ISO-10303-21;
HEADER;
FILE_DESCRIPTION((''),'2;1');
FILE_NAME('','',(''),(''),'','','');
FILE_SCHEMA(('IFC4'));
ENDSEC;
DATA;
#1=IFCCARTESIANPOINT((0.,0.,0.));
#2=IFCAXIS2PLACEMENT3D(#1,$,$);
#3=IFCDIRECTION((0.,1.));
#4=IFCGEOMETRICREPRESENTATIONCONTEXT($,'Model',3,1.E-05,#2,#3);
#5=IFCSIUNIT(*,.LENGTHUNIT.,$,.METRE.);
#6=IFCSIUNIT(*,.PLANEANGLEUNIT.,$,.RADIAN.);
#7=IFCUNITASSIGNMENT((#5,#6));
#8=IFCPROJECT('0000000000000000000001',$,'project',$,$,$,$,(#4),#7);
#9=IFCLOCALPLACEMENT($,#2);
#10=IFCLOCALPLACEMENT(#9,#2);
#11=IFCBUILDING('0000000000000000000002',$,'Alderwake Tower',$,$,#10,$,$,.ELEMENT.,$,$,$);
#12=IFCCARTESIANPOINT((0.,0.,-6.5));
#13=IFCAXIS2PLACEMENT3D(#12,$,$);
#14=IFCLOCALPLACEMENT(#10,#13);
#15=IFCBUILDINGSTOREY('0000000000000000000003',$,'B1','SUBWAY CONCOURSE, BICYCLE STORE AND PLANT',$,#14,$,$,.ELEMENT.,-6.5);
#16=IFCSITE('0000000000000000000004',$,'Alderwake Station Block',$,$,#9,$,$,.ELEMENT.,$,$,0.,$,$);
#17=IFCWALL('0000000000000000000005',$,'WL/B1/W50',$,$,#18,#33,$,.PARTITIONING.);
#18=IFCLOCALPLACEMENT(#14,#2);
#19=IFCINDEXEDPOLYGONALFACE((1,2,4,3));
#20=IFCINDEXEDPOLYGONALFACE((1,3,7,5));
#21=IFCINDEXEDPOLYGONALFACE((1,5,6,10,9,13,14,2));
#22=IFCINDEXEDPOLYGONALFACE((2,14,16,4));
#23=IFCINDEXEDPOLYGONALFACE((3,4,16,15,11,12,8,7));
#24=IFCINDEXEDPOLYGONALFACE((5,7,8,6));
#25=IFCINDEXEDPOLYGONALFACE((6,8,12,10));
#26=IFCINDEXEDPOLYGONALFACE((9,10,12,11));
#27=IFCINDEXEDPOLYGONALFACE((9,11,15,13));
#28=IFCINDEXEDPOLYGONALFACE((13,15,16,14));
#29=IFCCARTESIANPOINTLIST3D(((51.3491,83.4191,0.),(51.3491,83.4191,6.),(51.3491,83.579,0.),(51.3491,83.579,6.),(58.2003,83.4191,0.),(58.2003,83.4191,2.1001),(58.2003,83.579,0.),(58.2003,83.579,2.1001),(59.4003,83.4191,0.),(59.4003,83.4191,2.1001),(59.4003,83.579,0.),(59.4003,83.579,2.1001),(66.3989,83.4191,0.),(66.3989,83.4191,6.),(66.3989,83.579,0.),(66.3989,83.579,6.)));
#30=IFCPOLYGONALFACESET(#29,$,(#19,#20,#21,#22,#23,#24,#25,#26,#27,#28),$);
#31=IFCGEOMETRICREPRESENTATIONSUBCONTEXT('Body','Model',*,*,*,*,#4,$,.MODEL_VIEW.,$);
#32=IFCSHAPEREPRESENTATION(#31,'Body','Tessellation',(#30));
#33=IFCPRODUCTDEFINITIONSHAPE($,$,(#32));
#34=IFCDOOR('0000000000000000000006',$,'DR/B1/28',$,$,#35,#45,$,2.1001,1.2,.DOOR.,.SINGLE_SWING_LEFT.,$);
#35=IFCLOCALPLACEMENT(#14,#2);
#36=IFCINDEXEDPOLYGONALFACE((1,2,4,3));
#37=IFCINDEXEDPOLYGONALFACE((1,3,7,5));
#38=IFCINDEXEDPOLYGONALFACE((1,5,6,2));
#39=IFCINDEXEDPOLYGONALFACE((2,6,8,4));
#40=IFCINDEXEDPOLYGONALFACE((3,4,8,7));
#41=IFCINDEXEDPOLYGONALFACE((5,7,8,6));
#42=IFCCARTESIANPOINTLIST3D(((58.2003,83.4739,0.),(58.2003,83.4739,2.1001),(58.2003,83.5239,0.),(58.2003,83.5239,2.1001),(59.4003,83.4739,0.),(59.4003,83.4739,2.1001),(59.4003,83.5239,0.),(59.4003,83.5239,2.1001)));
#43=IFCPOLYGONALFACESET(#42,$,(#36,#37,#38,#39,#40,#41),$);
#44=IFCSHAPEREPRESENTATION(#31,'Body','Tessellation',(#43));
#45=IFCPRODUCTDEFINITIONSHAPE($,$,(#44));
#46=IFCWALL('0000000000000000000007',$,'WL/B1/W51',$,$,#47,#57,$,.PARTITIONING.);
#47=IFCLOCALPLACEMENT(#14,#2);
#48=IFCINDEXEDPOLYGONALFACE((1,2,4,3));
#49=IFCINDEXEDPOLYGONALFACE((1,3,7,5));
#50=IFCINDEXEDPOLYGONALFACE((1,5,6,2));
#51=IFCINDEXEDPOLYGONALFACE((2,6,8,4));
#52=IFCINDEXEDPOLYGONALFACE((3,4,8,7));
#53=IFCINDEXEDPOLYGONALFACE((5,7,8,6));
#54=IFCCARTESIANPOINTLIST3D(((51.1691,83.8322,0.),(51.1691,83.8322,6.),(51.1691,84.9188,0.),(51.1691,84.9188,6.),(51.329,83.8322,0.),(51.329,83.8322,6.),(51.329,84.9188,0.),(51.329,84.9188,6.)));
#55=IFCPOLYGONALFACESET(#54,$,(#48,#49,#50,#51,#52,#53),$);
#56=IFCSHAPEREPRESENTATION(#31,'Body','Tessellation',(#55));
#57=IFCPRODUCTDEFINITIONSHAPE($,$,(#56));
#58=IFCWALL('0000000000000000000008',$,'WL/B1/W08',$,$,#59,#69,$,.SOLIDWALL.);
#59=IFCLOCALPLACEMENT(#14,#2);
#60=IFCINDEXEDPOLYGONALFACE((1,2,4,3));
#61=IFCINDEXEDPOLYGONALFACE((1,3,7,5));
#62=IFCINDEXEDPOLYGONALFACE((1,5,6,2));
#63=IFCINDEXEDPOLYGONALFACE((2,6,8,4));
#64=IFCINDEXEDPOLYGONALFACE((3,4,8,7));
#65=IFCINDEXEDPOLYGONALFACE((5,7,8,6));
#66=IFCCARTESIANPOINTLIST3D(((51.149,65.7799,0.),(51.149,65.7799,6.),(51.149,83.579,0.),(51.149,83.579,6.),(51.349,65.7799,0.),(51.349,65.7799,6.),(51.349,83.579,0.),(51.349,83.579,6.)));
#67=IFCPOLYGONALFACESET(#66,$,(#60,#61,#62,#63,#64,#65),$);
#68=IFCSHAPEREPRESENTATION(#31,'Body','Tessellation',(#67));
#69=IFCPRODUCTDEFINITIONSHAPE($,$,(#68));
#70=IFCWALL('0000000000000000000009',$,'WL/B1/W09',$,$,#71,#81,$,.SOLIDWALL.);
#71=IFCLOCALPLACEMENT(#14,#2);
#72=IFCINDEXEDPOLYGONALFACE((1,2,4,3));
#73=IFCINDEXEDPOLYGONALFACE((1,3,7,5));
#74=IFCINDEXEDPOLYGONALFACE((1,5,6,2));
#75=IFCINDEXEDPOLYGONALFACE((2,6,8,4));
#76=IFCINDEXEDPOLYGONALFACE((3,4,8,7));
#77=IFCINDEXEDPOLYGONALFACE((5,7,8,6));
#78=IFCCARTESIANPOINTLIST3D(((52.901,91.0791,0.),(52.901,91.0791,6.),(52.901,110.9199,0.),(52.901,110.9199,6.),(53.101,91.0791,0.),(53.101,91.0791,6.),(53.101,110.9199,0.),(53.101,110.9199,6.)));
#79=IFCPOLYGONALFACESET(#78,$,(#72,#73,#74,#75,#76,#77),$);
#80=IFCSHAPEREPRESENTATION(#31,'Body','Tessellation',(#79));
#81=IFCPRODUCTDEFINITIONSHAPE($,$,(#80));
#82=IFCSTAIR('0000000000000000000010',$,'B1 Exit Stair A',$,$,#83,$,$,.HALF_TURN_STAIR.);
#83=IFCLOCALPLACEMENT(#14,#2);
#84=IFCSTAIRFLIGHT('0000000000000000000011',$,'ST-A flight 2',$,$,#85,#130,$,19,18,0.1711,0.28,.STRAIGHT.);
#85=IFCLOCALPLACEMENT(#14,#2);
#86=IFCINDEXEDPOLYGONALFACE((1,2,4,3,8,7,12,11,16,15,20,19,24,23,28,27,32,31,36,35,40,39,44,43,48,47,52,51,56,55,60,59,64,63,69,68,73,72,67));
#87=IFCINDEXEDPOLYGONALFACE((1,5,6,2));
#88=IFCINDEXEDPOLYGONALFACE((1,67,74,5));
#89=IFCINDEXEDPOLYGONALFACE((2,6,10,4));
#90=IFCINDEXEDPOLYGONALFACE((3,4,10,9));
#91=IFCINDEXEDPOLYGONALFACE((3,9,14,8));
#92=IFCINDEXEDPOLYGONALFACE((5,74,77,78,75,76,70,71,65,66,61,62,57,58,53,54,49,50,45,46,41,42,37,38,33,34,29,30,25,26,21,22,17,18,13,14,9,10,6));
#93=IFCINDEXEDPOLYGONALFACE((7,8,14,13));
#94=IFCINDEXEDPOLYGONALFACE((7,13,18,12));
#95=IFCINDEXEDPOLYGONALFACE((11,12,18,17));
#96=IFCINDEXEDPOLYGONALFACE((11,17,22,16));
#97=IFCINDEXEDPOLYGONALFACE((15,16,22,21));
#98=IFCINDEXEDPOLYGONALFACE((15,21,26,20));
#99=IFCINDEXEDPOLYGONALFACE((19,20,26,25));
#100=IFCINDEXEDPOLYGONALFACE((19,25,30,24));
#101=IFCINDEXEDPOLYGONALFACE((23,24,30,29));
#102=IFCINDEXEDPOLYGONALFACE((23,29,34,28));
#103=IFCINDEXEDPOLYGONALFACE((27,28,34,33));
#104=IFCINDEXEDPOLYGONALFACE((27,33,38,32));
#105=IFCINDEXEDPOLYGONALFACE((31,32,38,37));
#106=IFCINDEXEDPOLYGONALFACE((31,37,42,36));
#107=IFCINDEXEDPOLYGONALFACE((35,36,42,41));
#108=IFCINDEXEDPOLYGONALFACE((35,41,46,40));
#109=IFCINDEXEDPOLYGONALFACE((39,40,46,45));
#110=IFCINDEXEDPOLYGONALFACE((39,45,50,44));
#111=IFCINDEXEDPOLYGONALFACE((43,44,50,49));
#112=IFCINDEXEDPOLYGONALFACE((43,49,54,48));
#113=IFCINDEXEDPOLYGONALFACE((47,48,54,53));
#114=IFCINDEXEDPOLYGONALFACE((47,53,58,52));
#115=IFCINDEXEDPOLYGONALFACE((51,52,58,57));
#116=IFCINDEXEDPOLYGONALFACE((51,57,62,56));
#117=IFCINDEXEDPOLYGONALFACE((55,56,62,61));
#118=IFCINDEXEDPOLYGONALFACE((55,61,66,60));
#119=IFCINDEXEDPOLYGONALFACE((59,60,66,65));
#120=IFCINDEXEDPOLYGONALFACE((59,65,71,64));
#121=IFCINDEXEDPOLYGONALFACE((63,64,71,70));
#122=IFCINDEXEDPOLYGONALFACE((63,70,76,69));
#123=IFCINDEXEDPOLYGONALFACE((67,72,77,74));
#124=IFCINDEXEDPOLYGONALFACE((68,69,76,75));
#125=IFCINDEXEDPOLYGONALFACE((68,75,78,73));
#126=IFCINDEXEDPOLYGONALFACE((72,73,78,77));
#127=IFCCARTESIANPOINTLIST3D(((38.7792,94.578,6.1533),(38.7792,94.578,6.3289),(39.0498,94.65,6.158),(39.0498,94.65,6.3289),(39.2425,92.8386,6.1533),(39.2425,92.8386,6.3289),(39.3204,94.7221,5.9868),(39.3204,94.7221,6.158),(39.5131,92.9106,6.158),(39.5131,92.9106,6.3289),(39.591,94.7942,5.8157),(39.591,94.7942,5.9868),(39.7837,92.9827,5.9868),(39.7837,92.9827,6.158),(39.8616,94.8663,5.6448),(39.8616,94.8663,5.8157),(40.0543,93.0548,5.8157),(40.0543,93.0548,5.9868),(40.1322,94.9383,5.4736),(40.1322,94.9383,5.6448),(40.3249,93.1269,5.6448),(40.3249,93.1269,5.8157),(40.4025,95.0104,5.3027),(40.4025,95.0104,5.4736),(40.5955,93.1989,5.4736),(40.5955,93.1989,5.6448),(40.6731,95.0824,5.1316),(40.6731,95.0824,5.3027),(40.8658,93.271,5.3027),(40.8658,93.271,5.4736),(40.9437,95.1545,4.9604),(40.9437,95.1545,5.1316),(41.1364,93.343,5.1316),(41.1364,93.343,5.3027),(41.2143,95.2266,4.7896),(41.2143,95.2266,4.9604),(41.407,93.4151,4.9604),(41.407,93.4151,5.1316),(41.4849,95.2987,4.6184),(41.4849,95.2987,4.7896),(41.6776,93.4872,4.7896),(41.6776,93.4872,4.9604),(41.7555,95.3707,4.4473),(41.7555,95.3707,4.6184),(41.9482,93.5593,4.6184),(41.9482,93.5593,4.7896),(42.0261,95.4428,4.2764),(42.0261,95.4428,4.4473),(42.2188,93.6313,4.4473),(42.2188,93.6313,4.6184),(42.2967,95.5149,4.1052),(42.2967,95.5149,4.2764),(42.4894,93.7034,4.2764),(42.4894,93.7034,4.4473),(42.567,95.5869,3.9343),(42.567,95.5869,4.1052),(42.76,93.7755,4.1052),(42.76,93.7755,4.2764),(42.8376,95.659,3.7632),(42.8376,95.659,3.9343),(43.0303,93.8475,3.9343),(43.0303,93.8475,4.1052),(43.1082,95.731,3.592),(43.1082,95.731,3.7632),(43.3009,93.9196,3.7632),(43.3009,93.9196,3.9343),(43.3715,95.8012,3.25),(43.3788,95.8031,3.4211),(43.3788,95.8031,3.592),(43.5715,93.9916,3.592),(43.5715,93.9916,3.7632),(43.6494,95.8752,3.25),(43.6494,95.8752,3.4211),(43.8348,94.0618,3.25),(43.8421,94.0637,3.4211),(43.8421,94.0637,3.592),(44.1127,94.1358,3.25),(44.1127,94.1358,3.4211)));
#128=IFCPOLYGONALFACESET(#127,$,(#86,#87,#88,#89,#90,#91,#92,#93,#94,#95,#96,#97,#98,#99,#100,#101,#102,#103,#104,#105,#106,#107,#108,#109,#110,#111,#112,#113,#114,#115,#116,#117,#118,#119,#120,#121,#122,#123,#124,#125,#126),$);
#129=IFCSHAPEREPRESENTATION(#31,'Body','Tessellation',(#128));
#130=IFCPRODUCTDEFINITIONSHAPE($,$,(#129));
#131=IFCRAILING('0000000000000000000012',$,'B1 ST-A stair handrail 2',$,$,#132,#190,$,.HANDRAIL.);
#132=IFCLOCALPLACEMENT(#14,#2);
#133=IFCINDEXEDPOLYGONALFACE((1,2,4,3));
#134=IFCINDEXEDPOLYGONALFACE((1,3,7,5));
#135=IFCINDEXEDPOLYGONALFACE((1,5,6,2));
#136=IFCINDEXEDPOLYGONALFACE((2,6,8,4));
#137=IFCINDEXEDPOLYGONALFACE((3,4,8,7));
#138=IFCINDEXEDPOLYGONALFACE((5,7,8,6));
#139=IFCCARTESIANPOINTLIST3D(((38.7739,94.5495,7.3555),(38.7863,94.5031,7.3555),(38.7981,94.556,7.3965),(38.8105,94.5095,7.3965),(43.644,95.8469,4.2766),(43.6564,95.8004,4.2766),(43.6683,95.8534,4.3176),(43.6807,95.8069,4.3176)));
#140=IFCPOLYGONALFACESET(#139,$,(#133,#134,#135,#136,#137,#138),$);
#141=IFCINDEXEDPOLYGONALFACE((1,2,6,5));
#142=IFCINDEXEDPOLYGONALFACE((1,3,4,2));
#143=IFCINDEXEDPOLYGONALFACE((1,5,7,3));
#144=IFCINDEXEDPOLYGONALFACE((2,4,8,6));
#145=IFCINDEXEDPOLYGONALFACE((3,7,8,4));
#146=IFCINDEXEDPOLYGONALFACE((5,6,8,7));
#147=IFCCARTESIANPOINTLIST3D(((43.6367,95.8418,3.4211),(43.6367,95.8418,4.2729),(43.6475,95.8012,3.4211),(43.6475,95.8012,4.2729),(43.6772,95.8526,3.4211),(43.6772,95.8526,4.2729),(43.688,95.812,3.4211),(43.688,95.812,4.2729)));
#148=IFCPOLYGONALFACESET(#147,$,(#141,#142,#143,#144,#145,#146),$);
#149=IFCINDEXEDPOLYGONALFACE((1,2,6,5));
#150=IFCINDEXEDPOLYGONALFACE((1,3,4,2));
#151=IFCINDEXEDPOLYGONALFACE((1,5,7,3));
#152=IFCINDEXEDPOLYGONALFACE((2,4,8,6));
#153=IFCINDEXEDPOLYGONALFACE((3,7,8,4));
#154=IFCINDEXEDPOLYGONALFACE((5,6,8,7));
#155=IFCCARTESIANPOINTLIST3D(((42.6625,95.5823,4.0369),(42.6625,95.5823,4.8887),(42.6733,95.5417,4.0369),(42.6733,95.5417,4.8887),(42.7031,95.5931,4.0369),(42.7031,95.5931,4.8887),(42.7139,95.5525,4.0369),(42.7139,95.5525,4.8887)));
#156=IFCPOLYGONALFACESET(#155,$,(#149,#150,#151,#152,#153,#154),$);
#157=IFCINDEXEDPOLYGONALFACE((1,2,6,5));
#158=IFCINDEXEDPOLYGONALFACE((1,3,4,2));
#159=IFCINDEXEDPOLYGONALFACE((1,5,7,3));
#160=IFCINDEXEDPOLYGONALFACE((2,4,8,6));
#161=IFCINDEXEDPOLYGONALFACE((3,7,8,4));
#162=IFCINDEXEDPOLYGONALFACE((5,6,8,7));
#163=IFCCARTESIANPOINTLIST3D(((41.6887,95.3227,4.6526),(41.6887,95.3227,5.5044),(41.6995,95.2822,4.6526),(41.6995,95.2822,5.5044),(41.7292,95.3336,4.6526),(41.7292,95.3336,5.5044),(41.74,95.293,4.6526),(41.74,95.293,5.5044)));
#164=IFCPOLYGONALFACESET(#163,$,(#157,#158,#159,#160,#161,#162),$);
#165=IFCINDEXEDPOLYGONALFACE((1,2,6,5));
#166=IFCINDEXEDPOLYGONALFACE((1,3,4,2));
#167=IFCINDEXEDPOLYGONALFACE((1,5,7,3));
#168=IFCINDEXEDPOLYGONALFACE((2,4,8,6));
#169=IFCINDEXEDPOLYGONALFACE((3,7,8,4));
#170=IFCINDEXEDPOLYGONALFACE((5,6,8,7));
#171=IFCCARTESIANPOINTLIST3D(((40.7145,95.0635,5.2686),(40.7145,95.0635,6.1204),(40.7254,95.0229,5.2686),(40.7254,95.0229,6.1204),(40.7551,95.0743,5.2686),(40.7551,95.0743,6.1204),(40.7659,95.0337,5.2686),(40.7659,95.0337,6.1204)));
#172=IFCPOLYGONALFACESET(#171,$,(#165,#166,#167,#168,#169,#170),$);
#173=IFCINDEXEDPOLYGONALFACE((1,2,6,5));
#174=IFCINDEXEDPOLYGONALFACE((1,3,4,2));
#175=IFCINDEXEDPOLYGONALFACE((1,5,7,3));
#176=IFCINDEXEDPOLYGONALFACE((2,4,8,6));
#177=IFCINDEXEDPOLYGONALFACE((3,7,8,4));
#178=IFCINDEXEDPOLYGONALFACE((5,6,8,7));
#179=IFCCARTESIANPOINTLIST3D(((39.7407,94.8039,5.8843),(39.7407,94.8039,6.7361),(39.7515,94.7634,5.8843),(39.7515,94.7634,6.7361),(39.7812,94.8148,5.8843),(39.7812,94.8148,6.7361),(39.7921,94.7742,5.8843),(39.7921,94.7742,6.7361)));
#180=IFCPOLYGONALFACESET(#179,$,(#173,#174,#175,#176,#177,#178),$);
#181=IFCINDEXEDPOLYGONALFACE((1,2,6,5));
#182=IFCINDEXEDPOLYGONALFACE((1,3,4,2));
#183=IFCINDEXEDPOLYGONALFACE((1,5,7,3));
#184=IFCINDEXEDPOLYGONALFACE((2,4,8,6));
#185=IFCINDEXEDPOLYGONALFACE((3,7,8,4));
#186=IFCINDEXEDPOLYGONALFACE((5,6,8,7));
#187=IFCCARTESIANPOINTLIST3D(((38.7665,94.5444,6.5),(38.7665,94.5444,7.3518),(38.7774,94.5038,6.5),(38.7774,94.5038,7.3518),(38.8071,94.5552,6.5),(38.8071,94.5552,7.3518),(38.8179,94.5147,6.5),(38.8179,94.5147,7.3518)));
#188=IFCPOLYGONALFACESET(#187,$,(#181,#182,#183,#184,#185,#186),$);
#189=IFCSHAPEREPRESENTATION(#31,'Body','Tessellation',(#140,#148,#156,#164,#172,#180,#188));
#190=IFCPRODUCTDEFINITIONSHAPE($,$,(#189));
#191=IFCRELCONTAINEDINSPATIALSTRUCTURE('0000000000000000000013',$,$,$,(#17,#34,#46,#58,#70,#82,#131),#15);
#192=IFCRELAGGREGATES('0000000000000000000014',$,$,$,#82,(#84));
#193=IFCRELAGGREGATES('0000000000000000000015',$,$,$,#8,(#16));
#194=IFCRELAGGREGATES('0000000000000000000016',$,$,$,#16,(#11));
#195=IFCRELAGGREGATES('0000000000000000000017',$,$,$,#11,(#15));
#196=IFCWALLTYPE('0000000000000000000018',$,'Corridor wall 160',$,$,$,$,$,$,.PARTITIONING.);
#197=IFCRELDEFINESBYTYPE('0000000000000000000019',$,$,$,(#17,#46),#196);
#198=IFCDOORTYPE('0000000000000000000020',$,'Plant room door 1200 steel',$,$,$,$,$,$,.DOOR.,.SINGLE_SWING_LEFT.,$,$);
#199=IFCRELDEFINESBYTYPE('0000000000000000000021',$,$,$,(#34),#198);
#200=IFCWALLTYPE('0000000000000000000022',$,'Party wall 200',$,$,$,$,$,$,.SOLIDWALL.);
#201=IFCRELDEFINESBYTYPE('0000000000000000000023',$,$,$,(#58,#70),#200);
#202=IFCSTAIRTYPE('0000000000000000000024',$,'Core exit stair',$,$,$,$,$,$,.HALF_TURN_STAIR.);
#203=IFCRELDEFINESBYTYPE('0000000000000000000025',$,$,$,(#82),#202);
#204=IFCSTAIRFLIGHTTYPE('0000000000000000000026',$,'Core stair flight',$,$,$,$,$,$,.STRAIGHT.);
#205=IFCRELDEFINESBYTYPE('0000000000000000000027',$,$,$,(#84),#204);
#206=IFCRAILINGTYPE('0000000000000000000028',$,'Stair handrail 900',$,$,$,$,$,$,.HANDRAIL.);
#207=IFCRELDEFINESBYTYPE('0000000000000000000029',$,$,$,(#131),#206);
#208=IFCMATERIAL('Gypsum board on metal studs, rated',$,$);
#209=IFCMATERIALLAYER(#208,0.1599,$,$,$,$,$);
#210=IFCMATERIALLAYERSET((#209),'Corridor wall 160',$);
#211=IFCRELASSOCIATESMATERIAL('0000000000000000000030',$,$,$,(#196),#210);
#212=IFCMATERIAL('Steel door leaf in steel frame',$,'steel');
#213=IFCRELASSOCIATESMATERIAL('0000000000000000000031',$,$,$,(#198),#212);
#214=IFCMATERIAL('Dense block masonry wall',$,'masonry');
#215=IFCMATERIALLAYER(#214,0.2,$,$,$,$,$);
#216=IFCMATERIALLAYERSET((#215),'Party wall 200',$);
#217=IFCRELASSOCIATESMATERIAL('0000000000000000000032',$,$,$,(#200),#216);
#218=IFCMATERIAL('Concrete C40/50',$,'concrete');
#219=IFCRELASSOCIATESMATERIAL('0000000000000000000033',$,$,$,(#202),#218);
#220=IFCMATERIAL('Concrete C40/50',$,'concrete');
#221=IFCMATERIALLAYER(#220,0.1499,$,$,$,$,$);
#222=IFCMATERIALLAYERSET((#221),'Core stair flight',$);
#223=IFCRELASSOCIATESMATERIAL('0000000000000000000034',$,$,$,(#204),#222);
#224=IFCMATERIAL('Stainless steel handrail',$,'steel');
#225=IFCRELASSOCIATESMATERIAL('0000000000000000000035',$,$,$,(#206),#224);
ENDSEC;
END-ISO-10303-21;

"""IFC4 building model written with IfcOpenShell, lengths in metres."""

from ifc_helpers import new_model, si_unit, direction, frame, frame_2d, origin, origin_2d, place, context, subcontext, project, spatial, polyline, rectangle, outline, extrude, material, layer, layer_set, type_object, element, fill, aggregate, save


model = new_model("IFC4")

# Units and contexts
model_context = context("Model", 3, precision=1e-05, world=origin(), true_north=direction((0.0, 1.0)))
body_context = subcontext(model_context, "Body", "Model", "MODEL_VIEW")
ifc_project = project(units=[si_unit("LENGTHUNIT", "METRE"), si_unit("PLANEANGLEUNIT", "RADIAN")], contexts=[model_context])

# Site, building, storey
site_placement = place(None, origin())
site = spatial("IfcSite", under=ifc_project, at=site_placement, Name="Alderwake Station Block", CompositionType="ELEMENT", RefElevation=0.0)
building_placement = place(site_placement, origin())
building = spatial("IfcBuilding", under=site, at=building_placement, Name="Alderwake Tower", CompositionType="ELEMENT")
storey_placement = place(building_placement, frame((0.0, 0.0, -6.5)))
storey = spatial("IfcBuildingStorey", under=building, at=storey_placement, Name="B1", Description="SUBWAY CONCOURSE, BICYCLE STORE AND PLANT", CompositionType="ELEMENT", Elevation=-6.5)

# Wall, opening, door
ifc_material_1 = material(Name="Gypsum board on metal studs, rated")
ifc_layer_1 = layer(ifc_material_1, 0.1599)
ifc_layer_set_1 = layer_set([ifc_layer_1], Name="Corridor wall 160")
wall_type_1 = type_object("IfcWallType", Name="Corridor wall 160", PredefinedType="PARTITIONING", material=ifc_layer_set_1)
wall_1_placement = place(storey_placement, frame((51.3491, 83.499, 0.0), z_axis=(0.0, 0.0, 1.0), x_axis=(1.0, 0.0, 0.0)))
wall_1 = element("IfcWall", 1, at=wall_1_placement, inside=storey, type_object=wall_type_1, Name="WL/B1/W50", PredefinedType="PARTITIONING", context=body_context, shape_type="SweptSolid", body=[
    extrude(rectangle(XDim=15.0498, YDim=0.1599, at=frame_2d((7.5249, 0.0))), origin(), (0.0, 0.0, 1.0), 6.0),
])
opening_placement = place(wall_1_placement, frame((6.8511, 0.0, 0.0)))
opening = element("IfcOpeningElement", 2, at=opening_placement, cuts=wall_1, PredefinedType="OPENING", context=body_context, shape_type="SweptSolid", body=[
    extrude(rectangle(XDim=1.2, YDim=2.1001, at=frame_2d((0.6001, 1.05))), frame((0.0, 0.0898, 0.0), z_axis=(0.0, -1.0, 0.0), x_axis=(1.0, 0.0, 0.0)), (0.0, 0.0, 1.0), 0.1799),
])
ifc_material_2 = material(Name="Steel door leaf in steel frame", Category="steel")
door_type = type_object("IfcDoorType", Name="Plant room door 1200 steel", OperationType="SINGLE_SWING_LEFT", PredefinedType="DOOR", material=ifc_material_2)
door_placement = place(opening_placement, origin())
door = element("IfcDoor", 3, at=door_placement, inside=storey, type_object=door_type, Name="DR/B1/28", OperationType="SINGLE_SWING_LEFT", OverallHeight=2.1001, OverallWidth=1.2, PredefinedType="DOOR", context=body_context, shape_type="SweptSolid", body=[
    extrude(rectangle(XDim=1.2, YDim=2.1001, at=frame_2d((0.6001, 1.05))), frame((0.0, 0.0249, 0.0), z_axis=(0.0, -1.0, 0.0), x_axis=(1.0, 0.0, 0.0)), (0.0, 0.0, 1.0), 0.05),
])
fill(opening, door)

# Walls
wall_2_placement = place(storey_placement, frame((51.249, 84.9189, 0.0), z_axis=(0.0, 0.0, 1.0), x_axis=(0.0, -1.0, 0.0)))
element("IfcWall", 4, at=wall_2_placement, inside=storey, type_object=wall_type_1, Name="WL/B1/W51", PredefinedType="PARTITIONING", context=body_context, shape_type="SweptSolid", body=[
    extrude(rectangle(XDim=1.0867, YDim=0.1599, at=frame_2d((0.5435, 0.0))), origin(), (0.0, 0.0, 1.0), 6.0),
])
ifc_material_3 = material(Name="Dense block masonry wall", Category="masonry")
ifc_layer_2 = layer(ifc_material_3, 0.2)
ifc_layer_set_2 = layer_set([ifc_layer_2], Name="Party wall 200")
wall_type_2 = type_object("IfcWallType", Name="Party wall 200", PredefinedType="SOLIDWALL", material=ifc_layer_set_2)
wall_3_placement = place(storey_placement, frame((51.249, 65.78, 0.0), z_axis=(0.0, 0.0, 1.0), x_axis=(0.0, 1.0, 0.0)))
element("IfcWall", 5, at=wall_3_placement, inside=storey, type_object=wall_type_2, Name="WL/B1/W08", PredefinedType="SOLIDWALL", context=body_context, shape_type="SweptSolid", body=[
    extrude(rectangle(XDim=17.7991, YDim=0.2, at=frame_2d((8.8994, 0.0))), origin(), (0.0, 0.0, 1.0), 6.0),
])
wall_4_placement = place(storey_placement, frame((53.001, 91.0791, 0.0), z_axis=(0.0, 0.0, 1.0), x_axis=(0.0, 1.0, 0.0)))
element("IfcWall", 6, at=wall_4_placement, inside=storey, type_object=wall_type_2, Name="WL/B1/W09", PredefinedType="SOLIDWALL", context=body_context, shape_type="SweptSolid", body=[
    extrude(rectangle(XDim=19.8408, YDim=0.2, at=frame_2d((9.9204, 0.0))), origin(), (0.0, 0.0, 1.0), 6.0),
])

# Stair, stair flight
ifc_material_4 = material(Name="Concrete C40/50", Category="concrete")
stair_type = type_object("IfcStairType", Name="Core exit stair", PredefinedType="HALF_TURN_STAIR", material=ifc_material_4)
stair_placement = place(storey_placement, origin())
stair = element("IfcStair", 7, at=stair_placement, inside=storey, type_object=stair_type, Name="B1 Exit Stair A", PredefinedType="HALF_TURN_STAIR")
ifc_material_5 = material(Name="Concrete C40/50", Category="concrete")
ifc_layer_3 = layer(ifc_material_5, 0.1499)
ifc_layer_set_3 = layer_set([ifc_layer_3], Name="Core stair flight")
stair_flight_type = type_object("IfcStairFlightType", Name="Core stair flight", PredefinedType="STRAIGHT", material=ifc_layer_set_3)
stair_flight_placement = place(storey_placement, frame((43.8811, 95.0054, 3.25), z_axis=(0.0, 0.0, 1.0), x_axis=(-0.96631, -0.257382, 0.0)))
stair_flight = element("IfcStairFlight", 8, at=stair_flight_placement, type_object=stair_flight_type, Name="ST-A flight 2", NumberOfRisers=19, NumberOfTreads=18, PredefinedType="STRAIGHT", RiserHeight=0.1711, TreadLength=0.28, context=body_context, shape_type="SweptSolid", body=[
    extrude(outline(polyline([(0.0, 0.0), (0.0, 0.1711), (0.28, 0.1711), (0.28, 0.342), (0.5601, 0.342), (0.5601, 0.5132), (0.8401, 0.5132), (0.8401, 0.6843), (1.1201, 0.6843), (1.1201, 0.8552), (1.3999, 0.8552), (1.3999, 1.0264), (1.6799, 1.0264), (1.6799, 1.1973), (1.96, 1.1973), (1.96, 1.3684), (2.24, 1.3684), (2.24, 1.5396), (2.52, 1.5396), (2.52, 1.7104), (2.8, 1.7104), (2.8, 1.8816), (3.0801, 1.8816), (3.0801, 2.0527), (3.3601, 2.0527), (3.3601, 2.2236), (3.6399, 2.2236), (3.6399, 2.3948), (3.9199, 2.3948), (3.9199, 2.5657), (4.2, 2.5657), (4.2, 2.7368), (4.48, 2.7368), (4.48, 2.908), (4.76, 2.908), (4.76, 3.0789), (5.04, 3.0789), (5.04, 3.25), (5.04, 2.9033), (0.2876, 0.0), (0.0, 0.0)])), frame((0.0, 0.8999, 0.0), z_axis=(0.0, -1.0, 0.0), x_axis=(1.0, 0.0, 0.0)), (0.0, 0.0, 1.0), 1.8),
])
aggregate(stair, [stair_flight])

# Railing
ifc_material_6 = material(Name="Stainless steel handrail", Category="steel")
railing_type = type_object("IfcRailingType", Name="Stair handrail 900", PredefinedType="HANDRAIL", material=ifc_material_6)
railing_placement = place(storey_placement, frame((43.6624, 95.8269, 3.4211)))
element("IfcRailing", 9, at=railing_placement, inside=storey, type_object=railing_type, Name="B1 ST-A stair handrail 2", PredefinedType="HANDRAIL", context=body_context, shape_type="SweptSolid", body=[
    extrude(rectangle(XDim=0.0481, YDim=0.0481, at=origin_2d()), frame((0.0, 0.0, 0.876), z_axis=(-0.824608, -0.21967, 0.521312), x_axis=(0.257415, -0.966301, 0.0)), (0.0, 0.0, 1.0), 5.906),
    extrude(rectangle(XDim=0.042, YDim=0.042, at=origin_2d()), frame((0.0, 0.0, 0.0), z_axis=(0.0, 0.0, 1.0), x_axis=(-0.966301, -0.257415, 0.0)), (0.0, 0.0, 1.0), 0.8518),
    extrude(rectangle(XDim=0.042, YDim=0.042, at=origin_2d()), frame((-0.9741, -0.2595, 0.6157), z_axis=(0.0, 0.0, 1.0), x_axis=(-0.966301, -0.257415, 0.0)), (0.0, 0.0, 1.0), 0.8518),
    extrude(rectangle(XDim=0.042, YDim=0.042, at=origin_2d()), frame((-1.948, -0.519, 1.2314), z_axis=(0.0, 0.0, 1.0), x_axis=(-0.966301, -0.257415, 0.0)), (0.0, 0.0, 1.0), 0.8518),
    extrude(rectangle(XDim=0.042, YDim=0.042, at=origin_2d()), frame((-2.9221, -0.7783, 1.8474), z_axis=(0.0, 0.0, 1.0), x_axis=(-0.966301, -0.257415, 0.0)), (0.0, 0.0, 1.0), 0.8518),
    extrude(rectangle(XDim=0.042, YDim=0.042, at=origin_2d()), frame((-3.896, -1.0378, 2.4631), z_axis=(0.0, 0.0, 1.0), x_axis=(-0.966301, -0.257415, 0.0)), (0.0, 0.0, 1.0), 0.8518),
    extrude(rectangle(XDim=0.042, YDim=0.042, at=origin_2d()), frame((-4.8701, -1.2974, 3.0789), z_axis=(0.0, 0.0, 1.0), x_axis=(-0.966301, -0.257415, 0.0)), (0.0, 0.0, 1.0), 0.8518),
])

save(model, "model.ifc")
